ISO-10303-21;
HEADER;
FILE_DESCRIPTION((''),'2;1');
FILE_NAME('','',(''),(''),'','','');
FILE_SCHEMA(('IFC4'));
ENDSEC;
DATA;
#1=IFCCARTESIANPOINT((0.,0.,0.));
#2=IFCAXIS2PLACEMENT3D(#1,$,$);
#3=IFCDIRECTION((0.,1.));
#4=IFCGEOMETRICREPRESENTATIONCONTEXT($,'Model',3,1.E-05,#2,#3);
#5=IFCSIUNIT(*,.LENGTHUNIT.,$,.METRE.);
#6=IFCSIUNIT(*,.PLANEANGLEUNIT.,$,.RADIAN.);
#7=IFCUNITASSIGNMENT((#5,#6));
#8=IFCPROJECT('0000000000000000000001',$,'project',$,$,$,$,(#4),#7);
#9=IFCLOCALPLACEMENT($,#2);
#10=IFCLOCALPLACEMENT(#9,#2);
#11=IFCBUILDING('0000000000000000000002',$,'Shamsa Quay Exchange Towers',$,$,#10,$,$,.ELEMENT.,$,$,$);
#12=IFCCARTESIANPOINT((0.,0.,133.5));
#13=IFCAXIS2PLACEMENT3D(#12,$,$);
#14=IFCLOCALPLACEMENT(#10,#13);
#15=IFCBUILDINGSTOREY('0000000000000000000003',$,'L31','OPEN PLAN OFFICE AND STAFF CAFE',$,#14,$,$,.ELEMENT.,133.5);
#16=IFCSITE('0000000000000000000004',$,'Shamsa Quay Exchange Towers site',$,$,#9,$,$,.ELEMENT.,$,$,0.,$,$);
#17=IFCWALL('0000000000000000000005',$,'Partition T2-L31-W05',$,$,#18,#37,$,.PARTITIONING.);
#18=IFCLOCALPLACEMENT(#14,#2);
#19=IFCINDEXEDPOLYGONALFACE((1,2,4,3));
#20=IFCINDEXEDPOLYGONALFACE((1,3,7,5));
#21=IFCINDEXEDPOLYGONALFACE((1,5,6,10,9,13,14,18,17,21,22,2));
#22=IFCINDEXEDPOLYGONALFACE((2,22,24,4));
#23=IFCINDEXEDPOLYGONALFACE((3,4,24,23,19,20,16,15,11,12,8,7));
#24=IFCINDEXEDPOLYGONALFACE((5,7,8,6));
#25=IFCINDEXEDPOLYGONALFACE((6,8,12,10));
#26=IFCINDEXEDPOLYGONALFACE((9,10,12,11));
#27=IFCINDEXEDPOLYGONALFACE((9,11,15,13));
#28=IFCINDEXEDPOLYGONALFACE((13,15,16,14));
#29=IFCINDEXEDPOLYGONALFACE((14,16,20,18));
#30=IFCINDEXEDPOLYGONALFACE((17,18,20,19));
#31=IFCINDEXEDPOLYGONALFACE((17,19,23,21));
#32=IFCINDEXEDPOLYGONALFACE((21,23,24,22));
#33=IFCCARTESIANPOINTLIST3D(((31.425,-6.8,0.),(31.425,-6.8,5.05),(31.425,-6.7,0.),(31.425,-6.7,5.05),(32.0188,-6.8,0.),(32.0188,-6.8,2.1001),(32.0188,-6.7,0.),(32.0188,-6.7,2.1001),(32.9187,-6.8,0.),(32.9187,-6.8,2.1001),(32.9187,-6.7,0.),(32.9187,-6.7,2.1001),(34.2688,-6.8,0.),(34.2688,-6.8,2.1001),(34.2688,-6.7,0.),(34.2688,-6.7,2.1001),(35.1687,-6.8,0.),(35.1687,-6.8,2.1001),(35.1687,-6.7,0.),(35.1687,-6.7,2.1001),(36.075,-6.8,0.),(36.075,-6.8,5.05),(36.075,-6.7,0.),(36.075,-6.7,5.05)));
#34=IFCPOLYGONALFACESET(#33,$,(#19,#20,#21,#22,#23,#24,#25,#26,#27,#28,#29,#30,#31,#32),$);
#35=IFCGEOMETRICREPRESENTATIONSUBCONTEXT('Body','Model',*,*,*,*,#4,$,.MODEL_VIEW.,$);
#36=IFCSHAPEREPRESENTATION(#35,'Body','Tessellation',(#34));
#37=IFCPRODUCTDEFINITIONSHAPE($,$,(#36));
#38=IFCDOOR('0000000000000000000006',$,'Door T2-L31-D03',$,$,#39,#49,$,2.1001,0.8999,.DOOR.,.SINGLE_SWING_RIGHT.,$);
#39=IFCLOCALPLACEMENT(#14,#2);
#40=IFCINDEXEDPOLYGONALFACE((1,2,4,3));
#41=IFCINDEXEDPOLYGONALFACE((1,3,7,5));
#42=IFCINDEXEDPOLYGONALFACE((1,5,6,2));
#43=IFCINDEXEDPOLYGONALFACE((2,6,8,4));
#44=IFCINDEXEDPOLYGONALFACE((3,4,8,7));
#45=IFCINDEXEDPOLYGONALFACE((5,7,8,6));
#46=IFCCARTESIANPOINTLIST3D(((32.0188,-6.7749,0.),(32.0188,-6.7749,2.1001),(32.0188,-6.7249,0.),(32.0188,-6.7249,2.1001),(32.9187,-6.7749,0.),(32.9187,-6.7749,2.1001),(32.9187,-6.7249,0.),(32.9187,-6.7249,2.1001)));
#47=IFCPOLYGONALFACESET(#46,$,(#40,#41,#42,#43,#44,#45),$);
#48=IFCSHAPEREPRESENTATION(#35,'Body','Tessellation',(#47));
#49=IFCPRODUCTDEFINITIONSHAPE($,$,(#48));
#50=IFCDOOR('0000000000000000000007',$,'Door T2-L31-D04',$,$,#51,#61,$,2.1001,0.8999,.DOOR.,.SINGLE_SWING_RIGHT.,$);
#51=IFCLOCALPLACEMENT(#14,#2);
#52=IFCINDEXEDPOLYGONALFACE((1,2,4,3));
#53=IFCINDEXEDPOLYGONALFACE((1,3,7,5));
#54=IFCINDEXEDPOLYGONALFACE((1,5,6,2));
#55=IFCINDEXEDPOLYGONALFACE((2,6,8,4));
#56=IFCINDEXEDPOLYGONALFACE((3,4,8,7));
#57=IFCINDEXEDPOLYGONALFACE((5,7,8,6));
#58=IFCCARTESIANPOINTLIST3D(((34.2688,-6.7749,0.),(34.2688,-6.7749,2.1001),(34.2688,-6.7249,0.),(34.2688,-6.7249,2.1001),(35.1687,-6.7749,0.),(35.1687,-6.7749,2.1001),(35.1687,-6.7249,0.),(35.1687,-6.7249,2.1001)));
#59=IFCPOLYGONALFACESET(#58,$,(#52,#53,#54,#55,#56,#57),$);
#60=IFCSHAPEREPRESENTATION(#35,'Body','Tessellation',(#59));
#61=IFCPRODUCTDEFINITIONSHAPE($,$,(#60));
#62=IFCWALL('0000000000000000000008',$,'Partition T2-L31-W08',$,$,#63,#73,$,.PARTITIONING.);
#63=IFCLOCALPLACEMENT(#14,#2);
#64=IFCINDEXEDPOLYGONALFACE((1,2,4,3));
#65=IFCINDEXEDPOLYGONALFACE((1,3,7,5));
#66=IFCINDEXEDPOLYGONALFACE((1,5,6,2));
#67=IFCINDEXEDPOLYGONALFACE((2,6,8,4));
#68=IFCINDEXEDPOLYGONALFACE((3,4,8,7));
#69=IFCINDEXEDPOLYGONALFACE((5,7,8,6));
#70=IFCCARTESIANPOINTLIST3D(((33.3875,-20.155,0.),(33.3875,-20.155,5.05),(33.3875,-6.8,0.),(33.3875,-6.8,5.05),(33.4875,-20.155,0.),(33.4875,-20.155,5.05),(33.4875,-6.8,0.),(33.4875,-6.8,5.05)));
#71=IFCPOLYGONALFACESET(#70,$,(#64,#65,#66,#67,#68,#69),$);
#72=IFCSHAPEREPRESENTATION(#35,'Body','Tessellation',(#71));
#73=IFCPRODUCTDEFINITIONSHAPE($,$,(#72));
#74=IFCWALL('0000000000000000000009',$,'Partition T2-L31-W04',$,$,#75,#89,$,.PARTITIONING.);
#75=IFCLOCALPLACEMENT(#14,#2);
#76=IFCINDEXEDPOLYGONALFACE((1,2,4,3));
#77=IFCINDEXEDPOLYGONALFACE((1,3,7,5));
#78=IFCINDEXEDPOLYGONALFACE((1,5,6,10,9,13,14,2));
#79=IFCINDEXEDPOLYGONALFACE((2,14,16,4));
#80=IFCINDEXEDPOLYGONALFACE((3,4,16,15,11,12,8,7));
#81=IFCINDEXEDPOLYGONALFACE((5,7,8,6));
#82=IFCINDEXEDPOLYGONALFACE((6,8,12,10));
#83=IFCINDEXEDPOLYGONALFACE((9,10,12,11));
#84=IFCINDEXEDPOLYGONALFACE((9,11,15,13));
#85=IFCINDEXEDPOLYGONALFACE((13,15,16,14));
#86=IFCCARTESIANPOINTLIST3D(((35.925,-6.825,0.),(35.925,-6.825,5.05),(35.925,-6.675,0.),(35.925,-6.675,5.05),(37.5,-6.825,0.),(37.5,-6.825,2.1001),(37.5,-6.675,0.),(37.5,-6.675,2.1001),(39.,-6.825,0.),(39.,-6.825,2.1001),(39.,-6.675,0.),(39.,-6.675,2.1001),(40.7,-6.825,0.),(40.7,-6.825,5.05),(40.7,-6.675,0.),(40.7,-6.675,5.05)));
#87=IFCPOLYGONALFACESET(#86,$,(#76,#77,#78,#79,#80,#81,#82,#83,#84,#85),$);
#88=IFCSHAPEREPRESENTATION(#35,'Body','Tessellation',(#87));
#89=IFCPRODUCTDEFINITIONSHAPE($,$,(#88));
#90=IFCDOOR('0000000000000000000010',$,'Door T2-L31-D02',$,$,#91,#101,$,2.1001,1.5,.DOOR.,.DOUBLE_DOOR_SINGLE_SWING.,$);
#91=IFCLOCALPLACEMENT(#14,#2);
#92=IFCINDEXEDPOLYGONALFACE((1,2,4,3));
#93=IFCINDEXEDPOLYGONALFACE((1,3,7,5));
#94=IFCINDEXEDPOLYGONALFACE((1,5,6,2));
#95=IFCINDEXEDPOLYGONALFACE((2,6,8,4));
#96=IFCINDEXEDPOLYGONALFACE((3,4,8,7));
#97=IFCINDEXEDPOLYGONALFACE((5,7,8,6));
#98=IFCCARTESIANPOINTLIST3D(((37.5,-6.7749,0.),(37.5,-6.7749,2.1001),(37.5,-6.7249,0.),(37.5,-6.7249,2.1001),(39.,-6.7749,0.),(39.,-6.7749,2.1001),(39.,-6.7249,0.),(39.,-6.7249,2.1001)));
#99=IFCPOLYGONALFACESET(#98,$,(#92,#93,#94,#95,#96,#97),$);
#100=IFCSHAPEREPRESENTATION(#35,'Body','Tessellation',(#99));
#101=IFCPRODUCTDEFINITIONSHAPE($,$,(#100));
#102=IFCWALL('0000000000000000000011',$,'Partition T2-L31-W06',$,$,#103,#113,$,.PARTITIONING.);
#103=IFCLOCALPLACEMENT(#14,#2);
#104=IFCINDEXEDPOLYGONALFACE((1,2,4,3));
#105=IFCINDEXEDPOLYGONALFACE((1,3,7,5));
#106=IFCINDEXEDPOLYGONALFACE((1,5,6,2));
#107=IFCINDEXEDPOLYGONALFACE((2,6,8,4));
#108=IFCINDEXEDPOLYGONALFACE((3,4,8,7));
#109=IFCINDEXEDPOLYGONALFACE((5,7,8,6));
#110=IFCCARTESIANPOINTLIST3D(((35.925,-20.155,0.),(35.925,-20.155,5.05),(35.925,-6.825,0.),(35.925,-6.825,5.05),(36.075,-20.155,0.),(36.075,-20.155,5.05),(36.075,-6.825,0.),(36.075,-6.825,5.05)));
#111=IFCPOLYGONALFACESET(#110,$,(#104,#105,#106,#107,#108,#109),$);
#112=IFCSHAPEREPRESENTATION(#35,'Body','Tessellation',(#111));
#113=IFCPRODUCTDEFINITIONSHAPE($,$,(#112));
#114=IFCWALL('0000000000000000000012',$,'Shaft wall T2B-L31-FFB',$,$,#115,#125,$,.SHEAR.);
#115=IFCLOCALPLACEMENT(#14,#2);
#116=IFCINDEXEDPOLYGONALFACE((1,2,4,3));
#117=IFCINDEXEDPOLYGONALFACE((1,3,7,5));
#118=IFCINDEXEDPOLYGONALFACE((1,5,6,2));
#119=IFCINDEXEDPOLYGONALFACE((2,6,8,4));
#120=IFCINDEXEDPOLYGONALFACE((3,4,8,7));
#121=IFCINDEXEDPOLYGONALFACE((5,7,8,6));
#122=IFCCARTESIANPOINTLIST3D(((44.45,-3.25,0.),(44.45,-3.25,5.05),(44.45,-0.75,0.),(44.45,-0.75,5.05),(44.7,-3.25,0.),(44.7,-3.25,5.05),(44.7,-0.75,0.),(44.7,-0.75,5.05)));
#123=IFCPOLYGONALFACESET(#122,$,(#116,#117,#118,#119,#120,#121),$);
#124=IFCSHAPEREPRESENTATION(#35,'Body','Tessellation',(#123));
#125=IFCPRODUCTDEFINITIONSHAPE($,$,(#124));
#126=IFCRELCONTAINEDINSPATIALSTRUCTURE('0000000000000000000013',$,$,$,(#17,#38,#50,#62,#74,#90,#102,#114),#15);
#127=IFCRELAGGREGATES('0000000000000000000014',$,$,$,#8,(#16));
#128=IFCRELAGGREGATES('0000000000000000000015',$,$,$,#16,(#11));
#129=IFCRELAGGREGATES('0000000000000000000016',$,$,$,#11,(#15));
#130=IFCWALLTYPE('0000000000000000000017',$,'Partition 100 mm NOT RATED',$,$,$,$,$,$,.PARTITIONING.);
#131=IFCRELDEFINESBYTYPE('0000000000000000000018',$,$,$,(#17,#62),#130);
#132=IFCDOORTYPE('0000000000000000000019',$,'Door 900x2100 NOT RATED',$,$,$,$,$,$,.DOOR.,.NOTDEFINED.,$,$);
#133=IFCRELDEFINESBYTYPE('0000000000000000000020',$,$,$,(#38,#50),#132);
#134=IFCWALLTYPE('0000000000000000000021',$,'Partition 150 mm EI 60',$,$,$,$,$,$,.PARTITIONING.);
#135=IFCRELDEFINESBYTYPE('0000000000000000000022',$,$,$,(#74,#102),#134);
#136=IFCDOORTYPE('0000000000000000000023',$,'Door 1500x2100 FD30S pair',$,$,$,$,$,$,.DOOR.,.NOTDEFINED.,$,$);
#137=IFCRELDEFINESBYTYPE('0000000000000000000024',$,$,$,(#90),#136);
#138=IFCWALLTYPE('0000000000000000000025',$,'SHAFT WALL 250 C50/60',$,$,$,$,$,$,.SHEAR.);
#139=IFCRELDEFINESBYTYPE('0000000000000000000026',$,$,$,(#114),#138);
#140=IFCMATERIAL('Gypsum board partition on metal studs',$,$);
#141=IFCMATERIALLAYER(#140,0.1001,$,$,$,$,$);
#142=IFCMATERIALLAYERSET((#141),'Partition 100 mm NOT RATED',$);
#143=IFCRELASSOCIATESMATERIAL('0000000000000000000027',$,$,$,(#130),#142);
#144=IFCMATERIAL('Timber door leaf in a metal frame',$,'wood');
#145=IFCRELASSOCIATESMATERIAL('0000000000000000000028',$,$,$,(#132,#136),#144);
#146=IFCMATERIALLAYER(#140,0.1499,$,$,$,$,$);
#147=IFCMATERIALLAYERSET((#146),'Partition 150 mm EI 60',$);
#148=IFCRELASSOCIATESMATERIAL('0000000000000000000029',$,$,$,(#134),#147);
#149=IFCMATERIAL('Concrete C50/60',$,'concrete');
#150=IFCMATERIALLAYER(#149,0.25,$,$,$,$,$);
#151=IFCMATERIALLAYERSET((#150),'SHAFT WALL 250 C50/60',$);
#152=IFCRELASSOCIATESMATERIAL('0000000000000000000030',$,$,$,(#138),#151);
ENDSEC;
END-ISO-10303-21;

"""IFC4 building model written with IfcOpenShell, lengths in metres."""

from ifc_helpers import new_model, si_unit, direction, frame, frame_2d, origin, place, context, subcontext, project, spatial, rectangle, extrude, material, layer, layer_set, type_object, element, fill, save


model = new_model("IFC4")

# Units and contexts
model_context = context("Model", 3, precision=1e-05, world=origin(), true_north=direction((0.0, 1.0)))
body_context = subcontext(model_context, "Body", "Model", "MODEL_VIEW")
ifc_project = project(units=[si_unit("LENGTHUNIT", "METRE"), si_unit("PLANEANGLEUNIT", "RADIAN")], contexts=[model_context])

# Site, building, storey
site_placement = place(None, origin())
site = spatial("IfcSite", under=ifc_project, at=site_placement, Name="Shamsa Quay Exchange Towers site", CompositionType="ELEMENT", RefElevation=0.0)
building_placement = place(site_placement, origin())
building = spatial("IfcBuilding", under=site, at=building_placement, Name="Shamsa Quay Exchange Towers", CompositionType="ELEMENT")
storey_placement = place(building_placement, frame((0.0, 0.0, 133.5)))
storey = spatial("IfcBuildingStorey", under=building, at=storey_placement, Name="L31", Description="OPEN PLAN OFFICE AND STAFF CAFE", CompositionType="ELEMENT", Elevation=133.5)

# Wall, openings, doors
ifc_material_1 = material(Name="Gypsum board partition on metal studs")
ifc_layer_1 = layer(ifc_material_1, 0.1001)
ifc_layer_set_1 = layer_set([ifc_layer_1], Name="Partition 100 mm NOT RATED")
wall_type_1 = type_object("IfcWallType", Name="Partition 100 mm NOT RATED", PredefinedType="PARTITIONING", material=ifc_layer_set_1)
wall_1_placement = place(storey_placement, frame((36.075, -6.75, 0.0), z_axis=(0.0, 0.0, 1.0), x_axis=(-1.0, 0.0, 0.0)))
wall_1 = element("IfcWall", 1, at=wall_1_placement, inside=storey, type_object=wall_type_1, Name="Partition T2-L31-W05", PredefinedType="PARTITIONING", context=body_context, shape_type="SweptSolid", body=[
    extrude(rectangle(XDim=4.6499, YDim=0.1001, at=frame_2d((2.325, 0.0))), origin(), (0.0, 0.0, 1.0), 5.05),
])
opening_1_placement = place(wall_1_placement, frame((3.1562, 0.0, 0.0)))
opening_1 = element("IfcOpeningElement", 2, at=opening_1_placement, cuts=wall_1, PredefinedType="OPENING", context=body_context, shape_type="SweptSolid", body=[
    extrude(rectangle(XDim=0.8999, YDim=2.1001, at=frame_2d((0.45, 1.05))), frame((0.0, 0.0601, 0.0), z_axis=(0.0, -1.0, 0.0), x_axis=(1.0, 0.0, 0.0)), (0.0, 0.0, 1.0), 0.1201),
])
opening_2_placement = place(wall_1_placement, frame((0.9062, 0.0, 0.0)))
opening_2 = element("IfcOpeningElement", 3, at=opening_2_placement, cuts=wall_1, PredefinedType="OPENING", context=body_context, shape_type="SweptSolid", body=[
    extrude(rectangle(XDim=0.8999, YDim=2.1001, at=frame_2d((0.45, 1.05))), frame((0.0, 0.0601, 0.0), z_axis=(0.0, -1.0, 0.0), x_axis=(1.0, 0.0, 0.0)), (0.0, 0.0, 1.0), 0.1201),
])
ifc_material_2 = material(Name="Timber door leaf in a metal frame", Category="wood")
door_type_1 = type_object("IfcDoorType", Name="Door 900x2100 NOT RATED", OperationType="NOTDEFINED", PredefinedType="DOOR", material=ifc_material_2)
door_1_placement = place(opening_1_placement, origin())
door_1 = element("IfcDoor", 4, at=door_1_placement, inside=storey, type_object=door_type_1, Name="Door T2-L31-D03", OperationType="SINGLE_SWING_RIGHT", OverallHeight=2.1001, OverallWidth=0.8999, PredefinedType="DOOR", context=body_context, shape_type="SweptSolid", body=[
    extrude(rectangle(XDim=0.8999, YDim=2.1001, at=frame_2d((0.45, 1.05))), frame((0.0, 0.0249, 0.0), z_axis=(0.0, -1.0, 0.0), x_axis=(1.0, 0.0, 0.0)), (0.0, 0.0, 1.0), 0.05),
])
fill(opening_1, door_1)
door_2_placement = place(opening_2_placement, origin())
door_2 = element("IfcDoor", 5, at=door_2_placement, inside=storey, type_object=door_type_1, Name="Door T2-L31-D04", OperationType="SINGLE_SWING_RIGHT", OverallHeight=2.1001, OverallWidth=0.8999, PredefinedType="DOOR", context=body_context, shape_type="SweptSolid", body=[
    extrude(rectangle(XDim=0.8999, YDim=2.1001, at=frame_2d((0.45, 1.05))), frame((0.0, 0.0249, 0.0), z_axis=(0.0, -1.0, 0.0), x_axis=(1.0, 0.0, 0.0)), (0.0, 0.0, 1.0), 0.05),
])
fill(opening_2, door_2)

# Wall
wall_2_placement = place(storey_placement, frame((33.4375, -6.8, 0.0), z_axis=(0.0, 0.0, 1.0), x_axis=(0.0, -1.0, 0.0)))
element("IfcWall", 6, at=wall_2_placement, inside=storey, type_object=wall_type_1, Name="Partition T2-L31-W08", PredefinedType="PARTITIONING", context=body_context, shape_type="SweptSolid", body=[
    extrude(rectangle(XDim=13.355, YDim=0.1001, at=frame_2d((6.6775, 0.0))), origin(), (0.0, 0.0, 1.0), 5.05),
])

# Wall, opening, door
ifc_layer_2 = layer(ifc_material_1, 0.1499)
ifc_layer_set_2 = layer_set([ifc_layer_2], Name="Partition 150 mm EI 60")
wall_type_2 = type_object("IfcWallType", Name="Partition 150 mm EI 60", PredefinedType="PARTITIONING", material=ifc_layer_set_2)
wall_3_placement = place(storey_placement, frame((40.7, -6.75, 0.0), z_axis=(0.0, 0.0, 1.0), x_axis=(-1.0, 0.0, 0.0)))
wall_3 = element("IfcWall", 7, at=wall_3_placement, inside=storey, type_object=wall_type_2, Name="Partition T2-L31-W04", PredefinedType="PARTITIONING", context=body_context, shape_type="SweptSolid", body=[
    extrude(rectangle(XDim=4.7749, YDim=0.1499, at=frame_2d((2.3875, 0.0))), origin(), (0.0, 0.0, 1.0), 5.05),
])
opening_3_placement = place(wall_3_placement, frame((1.7, 0.0, 0.0)))
opening_3 = element("IfcOpeningElement", 8, at=opening_3_placement, cuts=wall_3, PredefinedType="OPENING", context=body_context, shape_type="SweptSolid", body=[
    extrude(rectangle(XDim=1.5, YDim=2.1001, at=frame_2d((0.75, 1.05))), frame((0.0, 0.085, 0.0), z_axis=(0.0, -1.0, 0.0), x_axis=(1.0, 0.0, 0.0)), (0.0, 0.0, 1.0), 0.1699),
])
door_type_2 = type_object("IfcDoorType", Name="Door 1500x2100 FD30S pair", OperationType="NOTDEFINED", PredefinedType="DOOR", material=ifc_material_2)
door_3_placement = place(opening_3_placement, origin())
door_3 = element("IfcDoor", 9, at=door_3_placement, inside=storey, type_object=door_type_2, Name="Door T2-L31-D02", OperationType="DOUBLE_DOOR_SINGLE_SWING", OverallHeight=2.1001, OverallWidth=1.5, PredefinedType="DOOR", context=body_context, shape_type="SweptSolid", body=[
    extrude(rectangle(XDim=1.5, YDim=2.1001, at=frame_2d((0.75, 1.05))), frame((0.0, 0.0249, 0.0), z_axis=(0.0, -1.0, 0.0), x_axis=(1.0, 0.0, 0.0)), (0.0, 0.0, 1.0), 0.05),
])
fill(opening_3, door_3)

# Walls
wall_4_placement = place(storey_placement, frame((36.0, -6.825, 0.0), z_axis=(0.0, 0.0, 1.0), x_axis=(0.0, -1.0, 0.0)))
element("IfcWall", 10, at=wall_4_placement, inside=storey, type_object=wall_type_2, Name="Partition T2-L31-W06", PredefinedType="PARTITIONING", context=body_context, shape_type="SweptSolid", body=[
    extrude(rectangle(XDim=13.3301, YDim=0.1499, at=frame_2d((6.665, 0.0))), origin(), (0.0, 0.0, 1.0), 5.05),
])
ifc_material_3 = material(Name="Concrete C50/60", Category="concrete")
ifc_layer_3 = layer(ifc_material_3, 0.25)
ifc_layer_set_3 = layer_set([ifc_layer_3], Name="SHAFT WALL 250 C50/60")
wall_type_3 = type_object("IfcWallType", Name="SHAFT WALL 250 C50/60", PredefinedType="SHEAR", material=ifc_layer_set_3)
wall_5_placement = place(storey_placement, frame((44.575, -3.25, 0.0), z_axis=(0.0, 0.0, 1.0), x_axis=(0.0, 1.0, 0.0)))
element("IfcWall", 11, at=wall_5_placement, inside=storey, type_object=wall_type_3, Name="Shaft wall T2B-L31-FFB", PredefinedType="SHEAR", context=body_context, shape_type="SweptSolid", body=[
    extrude(rectangle(XDim=2.5, YDim=0.25, at=frame_2d((1.25, 0.0))), origin(), (0.0, 0.0, 1.0), 5.05),
])

save(model, "model.ifc")
